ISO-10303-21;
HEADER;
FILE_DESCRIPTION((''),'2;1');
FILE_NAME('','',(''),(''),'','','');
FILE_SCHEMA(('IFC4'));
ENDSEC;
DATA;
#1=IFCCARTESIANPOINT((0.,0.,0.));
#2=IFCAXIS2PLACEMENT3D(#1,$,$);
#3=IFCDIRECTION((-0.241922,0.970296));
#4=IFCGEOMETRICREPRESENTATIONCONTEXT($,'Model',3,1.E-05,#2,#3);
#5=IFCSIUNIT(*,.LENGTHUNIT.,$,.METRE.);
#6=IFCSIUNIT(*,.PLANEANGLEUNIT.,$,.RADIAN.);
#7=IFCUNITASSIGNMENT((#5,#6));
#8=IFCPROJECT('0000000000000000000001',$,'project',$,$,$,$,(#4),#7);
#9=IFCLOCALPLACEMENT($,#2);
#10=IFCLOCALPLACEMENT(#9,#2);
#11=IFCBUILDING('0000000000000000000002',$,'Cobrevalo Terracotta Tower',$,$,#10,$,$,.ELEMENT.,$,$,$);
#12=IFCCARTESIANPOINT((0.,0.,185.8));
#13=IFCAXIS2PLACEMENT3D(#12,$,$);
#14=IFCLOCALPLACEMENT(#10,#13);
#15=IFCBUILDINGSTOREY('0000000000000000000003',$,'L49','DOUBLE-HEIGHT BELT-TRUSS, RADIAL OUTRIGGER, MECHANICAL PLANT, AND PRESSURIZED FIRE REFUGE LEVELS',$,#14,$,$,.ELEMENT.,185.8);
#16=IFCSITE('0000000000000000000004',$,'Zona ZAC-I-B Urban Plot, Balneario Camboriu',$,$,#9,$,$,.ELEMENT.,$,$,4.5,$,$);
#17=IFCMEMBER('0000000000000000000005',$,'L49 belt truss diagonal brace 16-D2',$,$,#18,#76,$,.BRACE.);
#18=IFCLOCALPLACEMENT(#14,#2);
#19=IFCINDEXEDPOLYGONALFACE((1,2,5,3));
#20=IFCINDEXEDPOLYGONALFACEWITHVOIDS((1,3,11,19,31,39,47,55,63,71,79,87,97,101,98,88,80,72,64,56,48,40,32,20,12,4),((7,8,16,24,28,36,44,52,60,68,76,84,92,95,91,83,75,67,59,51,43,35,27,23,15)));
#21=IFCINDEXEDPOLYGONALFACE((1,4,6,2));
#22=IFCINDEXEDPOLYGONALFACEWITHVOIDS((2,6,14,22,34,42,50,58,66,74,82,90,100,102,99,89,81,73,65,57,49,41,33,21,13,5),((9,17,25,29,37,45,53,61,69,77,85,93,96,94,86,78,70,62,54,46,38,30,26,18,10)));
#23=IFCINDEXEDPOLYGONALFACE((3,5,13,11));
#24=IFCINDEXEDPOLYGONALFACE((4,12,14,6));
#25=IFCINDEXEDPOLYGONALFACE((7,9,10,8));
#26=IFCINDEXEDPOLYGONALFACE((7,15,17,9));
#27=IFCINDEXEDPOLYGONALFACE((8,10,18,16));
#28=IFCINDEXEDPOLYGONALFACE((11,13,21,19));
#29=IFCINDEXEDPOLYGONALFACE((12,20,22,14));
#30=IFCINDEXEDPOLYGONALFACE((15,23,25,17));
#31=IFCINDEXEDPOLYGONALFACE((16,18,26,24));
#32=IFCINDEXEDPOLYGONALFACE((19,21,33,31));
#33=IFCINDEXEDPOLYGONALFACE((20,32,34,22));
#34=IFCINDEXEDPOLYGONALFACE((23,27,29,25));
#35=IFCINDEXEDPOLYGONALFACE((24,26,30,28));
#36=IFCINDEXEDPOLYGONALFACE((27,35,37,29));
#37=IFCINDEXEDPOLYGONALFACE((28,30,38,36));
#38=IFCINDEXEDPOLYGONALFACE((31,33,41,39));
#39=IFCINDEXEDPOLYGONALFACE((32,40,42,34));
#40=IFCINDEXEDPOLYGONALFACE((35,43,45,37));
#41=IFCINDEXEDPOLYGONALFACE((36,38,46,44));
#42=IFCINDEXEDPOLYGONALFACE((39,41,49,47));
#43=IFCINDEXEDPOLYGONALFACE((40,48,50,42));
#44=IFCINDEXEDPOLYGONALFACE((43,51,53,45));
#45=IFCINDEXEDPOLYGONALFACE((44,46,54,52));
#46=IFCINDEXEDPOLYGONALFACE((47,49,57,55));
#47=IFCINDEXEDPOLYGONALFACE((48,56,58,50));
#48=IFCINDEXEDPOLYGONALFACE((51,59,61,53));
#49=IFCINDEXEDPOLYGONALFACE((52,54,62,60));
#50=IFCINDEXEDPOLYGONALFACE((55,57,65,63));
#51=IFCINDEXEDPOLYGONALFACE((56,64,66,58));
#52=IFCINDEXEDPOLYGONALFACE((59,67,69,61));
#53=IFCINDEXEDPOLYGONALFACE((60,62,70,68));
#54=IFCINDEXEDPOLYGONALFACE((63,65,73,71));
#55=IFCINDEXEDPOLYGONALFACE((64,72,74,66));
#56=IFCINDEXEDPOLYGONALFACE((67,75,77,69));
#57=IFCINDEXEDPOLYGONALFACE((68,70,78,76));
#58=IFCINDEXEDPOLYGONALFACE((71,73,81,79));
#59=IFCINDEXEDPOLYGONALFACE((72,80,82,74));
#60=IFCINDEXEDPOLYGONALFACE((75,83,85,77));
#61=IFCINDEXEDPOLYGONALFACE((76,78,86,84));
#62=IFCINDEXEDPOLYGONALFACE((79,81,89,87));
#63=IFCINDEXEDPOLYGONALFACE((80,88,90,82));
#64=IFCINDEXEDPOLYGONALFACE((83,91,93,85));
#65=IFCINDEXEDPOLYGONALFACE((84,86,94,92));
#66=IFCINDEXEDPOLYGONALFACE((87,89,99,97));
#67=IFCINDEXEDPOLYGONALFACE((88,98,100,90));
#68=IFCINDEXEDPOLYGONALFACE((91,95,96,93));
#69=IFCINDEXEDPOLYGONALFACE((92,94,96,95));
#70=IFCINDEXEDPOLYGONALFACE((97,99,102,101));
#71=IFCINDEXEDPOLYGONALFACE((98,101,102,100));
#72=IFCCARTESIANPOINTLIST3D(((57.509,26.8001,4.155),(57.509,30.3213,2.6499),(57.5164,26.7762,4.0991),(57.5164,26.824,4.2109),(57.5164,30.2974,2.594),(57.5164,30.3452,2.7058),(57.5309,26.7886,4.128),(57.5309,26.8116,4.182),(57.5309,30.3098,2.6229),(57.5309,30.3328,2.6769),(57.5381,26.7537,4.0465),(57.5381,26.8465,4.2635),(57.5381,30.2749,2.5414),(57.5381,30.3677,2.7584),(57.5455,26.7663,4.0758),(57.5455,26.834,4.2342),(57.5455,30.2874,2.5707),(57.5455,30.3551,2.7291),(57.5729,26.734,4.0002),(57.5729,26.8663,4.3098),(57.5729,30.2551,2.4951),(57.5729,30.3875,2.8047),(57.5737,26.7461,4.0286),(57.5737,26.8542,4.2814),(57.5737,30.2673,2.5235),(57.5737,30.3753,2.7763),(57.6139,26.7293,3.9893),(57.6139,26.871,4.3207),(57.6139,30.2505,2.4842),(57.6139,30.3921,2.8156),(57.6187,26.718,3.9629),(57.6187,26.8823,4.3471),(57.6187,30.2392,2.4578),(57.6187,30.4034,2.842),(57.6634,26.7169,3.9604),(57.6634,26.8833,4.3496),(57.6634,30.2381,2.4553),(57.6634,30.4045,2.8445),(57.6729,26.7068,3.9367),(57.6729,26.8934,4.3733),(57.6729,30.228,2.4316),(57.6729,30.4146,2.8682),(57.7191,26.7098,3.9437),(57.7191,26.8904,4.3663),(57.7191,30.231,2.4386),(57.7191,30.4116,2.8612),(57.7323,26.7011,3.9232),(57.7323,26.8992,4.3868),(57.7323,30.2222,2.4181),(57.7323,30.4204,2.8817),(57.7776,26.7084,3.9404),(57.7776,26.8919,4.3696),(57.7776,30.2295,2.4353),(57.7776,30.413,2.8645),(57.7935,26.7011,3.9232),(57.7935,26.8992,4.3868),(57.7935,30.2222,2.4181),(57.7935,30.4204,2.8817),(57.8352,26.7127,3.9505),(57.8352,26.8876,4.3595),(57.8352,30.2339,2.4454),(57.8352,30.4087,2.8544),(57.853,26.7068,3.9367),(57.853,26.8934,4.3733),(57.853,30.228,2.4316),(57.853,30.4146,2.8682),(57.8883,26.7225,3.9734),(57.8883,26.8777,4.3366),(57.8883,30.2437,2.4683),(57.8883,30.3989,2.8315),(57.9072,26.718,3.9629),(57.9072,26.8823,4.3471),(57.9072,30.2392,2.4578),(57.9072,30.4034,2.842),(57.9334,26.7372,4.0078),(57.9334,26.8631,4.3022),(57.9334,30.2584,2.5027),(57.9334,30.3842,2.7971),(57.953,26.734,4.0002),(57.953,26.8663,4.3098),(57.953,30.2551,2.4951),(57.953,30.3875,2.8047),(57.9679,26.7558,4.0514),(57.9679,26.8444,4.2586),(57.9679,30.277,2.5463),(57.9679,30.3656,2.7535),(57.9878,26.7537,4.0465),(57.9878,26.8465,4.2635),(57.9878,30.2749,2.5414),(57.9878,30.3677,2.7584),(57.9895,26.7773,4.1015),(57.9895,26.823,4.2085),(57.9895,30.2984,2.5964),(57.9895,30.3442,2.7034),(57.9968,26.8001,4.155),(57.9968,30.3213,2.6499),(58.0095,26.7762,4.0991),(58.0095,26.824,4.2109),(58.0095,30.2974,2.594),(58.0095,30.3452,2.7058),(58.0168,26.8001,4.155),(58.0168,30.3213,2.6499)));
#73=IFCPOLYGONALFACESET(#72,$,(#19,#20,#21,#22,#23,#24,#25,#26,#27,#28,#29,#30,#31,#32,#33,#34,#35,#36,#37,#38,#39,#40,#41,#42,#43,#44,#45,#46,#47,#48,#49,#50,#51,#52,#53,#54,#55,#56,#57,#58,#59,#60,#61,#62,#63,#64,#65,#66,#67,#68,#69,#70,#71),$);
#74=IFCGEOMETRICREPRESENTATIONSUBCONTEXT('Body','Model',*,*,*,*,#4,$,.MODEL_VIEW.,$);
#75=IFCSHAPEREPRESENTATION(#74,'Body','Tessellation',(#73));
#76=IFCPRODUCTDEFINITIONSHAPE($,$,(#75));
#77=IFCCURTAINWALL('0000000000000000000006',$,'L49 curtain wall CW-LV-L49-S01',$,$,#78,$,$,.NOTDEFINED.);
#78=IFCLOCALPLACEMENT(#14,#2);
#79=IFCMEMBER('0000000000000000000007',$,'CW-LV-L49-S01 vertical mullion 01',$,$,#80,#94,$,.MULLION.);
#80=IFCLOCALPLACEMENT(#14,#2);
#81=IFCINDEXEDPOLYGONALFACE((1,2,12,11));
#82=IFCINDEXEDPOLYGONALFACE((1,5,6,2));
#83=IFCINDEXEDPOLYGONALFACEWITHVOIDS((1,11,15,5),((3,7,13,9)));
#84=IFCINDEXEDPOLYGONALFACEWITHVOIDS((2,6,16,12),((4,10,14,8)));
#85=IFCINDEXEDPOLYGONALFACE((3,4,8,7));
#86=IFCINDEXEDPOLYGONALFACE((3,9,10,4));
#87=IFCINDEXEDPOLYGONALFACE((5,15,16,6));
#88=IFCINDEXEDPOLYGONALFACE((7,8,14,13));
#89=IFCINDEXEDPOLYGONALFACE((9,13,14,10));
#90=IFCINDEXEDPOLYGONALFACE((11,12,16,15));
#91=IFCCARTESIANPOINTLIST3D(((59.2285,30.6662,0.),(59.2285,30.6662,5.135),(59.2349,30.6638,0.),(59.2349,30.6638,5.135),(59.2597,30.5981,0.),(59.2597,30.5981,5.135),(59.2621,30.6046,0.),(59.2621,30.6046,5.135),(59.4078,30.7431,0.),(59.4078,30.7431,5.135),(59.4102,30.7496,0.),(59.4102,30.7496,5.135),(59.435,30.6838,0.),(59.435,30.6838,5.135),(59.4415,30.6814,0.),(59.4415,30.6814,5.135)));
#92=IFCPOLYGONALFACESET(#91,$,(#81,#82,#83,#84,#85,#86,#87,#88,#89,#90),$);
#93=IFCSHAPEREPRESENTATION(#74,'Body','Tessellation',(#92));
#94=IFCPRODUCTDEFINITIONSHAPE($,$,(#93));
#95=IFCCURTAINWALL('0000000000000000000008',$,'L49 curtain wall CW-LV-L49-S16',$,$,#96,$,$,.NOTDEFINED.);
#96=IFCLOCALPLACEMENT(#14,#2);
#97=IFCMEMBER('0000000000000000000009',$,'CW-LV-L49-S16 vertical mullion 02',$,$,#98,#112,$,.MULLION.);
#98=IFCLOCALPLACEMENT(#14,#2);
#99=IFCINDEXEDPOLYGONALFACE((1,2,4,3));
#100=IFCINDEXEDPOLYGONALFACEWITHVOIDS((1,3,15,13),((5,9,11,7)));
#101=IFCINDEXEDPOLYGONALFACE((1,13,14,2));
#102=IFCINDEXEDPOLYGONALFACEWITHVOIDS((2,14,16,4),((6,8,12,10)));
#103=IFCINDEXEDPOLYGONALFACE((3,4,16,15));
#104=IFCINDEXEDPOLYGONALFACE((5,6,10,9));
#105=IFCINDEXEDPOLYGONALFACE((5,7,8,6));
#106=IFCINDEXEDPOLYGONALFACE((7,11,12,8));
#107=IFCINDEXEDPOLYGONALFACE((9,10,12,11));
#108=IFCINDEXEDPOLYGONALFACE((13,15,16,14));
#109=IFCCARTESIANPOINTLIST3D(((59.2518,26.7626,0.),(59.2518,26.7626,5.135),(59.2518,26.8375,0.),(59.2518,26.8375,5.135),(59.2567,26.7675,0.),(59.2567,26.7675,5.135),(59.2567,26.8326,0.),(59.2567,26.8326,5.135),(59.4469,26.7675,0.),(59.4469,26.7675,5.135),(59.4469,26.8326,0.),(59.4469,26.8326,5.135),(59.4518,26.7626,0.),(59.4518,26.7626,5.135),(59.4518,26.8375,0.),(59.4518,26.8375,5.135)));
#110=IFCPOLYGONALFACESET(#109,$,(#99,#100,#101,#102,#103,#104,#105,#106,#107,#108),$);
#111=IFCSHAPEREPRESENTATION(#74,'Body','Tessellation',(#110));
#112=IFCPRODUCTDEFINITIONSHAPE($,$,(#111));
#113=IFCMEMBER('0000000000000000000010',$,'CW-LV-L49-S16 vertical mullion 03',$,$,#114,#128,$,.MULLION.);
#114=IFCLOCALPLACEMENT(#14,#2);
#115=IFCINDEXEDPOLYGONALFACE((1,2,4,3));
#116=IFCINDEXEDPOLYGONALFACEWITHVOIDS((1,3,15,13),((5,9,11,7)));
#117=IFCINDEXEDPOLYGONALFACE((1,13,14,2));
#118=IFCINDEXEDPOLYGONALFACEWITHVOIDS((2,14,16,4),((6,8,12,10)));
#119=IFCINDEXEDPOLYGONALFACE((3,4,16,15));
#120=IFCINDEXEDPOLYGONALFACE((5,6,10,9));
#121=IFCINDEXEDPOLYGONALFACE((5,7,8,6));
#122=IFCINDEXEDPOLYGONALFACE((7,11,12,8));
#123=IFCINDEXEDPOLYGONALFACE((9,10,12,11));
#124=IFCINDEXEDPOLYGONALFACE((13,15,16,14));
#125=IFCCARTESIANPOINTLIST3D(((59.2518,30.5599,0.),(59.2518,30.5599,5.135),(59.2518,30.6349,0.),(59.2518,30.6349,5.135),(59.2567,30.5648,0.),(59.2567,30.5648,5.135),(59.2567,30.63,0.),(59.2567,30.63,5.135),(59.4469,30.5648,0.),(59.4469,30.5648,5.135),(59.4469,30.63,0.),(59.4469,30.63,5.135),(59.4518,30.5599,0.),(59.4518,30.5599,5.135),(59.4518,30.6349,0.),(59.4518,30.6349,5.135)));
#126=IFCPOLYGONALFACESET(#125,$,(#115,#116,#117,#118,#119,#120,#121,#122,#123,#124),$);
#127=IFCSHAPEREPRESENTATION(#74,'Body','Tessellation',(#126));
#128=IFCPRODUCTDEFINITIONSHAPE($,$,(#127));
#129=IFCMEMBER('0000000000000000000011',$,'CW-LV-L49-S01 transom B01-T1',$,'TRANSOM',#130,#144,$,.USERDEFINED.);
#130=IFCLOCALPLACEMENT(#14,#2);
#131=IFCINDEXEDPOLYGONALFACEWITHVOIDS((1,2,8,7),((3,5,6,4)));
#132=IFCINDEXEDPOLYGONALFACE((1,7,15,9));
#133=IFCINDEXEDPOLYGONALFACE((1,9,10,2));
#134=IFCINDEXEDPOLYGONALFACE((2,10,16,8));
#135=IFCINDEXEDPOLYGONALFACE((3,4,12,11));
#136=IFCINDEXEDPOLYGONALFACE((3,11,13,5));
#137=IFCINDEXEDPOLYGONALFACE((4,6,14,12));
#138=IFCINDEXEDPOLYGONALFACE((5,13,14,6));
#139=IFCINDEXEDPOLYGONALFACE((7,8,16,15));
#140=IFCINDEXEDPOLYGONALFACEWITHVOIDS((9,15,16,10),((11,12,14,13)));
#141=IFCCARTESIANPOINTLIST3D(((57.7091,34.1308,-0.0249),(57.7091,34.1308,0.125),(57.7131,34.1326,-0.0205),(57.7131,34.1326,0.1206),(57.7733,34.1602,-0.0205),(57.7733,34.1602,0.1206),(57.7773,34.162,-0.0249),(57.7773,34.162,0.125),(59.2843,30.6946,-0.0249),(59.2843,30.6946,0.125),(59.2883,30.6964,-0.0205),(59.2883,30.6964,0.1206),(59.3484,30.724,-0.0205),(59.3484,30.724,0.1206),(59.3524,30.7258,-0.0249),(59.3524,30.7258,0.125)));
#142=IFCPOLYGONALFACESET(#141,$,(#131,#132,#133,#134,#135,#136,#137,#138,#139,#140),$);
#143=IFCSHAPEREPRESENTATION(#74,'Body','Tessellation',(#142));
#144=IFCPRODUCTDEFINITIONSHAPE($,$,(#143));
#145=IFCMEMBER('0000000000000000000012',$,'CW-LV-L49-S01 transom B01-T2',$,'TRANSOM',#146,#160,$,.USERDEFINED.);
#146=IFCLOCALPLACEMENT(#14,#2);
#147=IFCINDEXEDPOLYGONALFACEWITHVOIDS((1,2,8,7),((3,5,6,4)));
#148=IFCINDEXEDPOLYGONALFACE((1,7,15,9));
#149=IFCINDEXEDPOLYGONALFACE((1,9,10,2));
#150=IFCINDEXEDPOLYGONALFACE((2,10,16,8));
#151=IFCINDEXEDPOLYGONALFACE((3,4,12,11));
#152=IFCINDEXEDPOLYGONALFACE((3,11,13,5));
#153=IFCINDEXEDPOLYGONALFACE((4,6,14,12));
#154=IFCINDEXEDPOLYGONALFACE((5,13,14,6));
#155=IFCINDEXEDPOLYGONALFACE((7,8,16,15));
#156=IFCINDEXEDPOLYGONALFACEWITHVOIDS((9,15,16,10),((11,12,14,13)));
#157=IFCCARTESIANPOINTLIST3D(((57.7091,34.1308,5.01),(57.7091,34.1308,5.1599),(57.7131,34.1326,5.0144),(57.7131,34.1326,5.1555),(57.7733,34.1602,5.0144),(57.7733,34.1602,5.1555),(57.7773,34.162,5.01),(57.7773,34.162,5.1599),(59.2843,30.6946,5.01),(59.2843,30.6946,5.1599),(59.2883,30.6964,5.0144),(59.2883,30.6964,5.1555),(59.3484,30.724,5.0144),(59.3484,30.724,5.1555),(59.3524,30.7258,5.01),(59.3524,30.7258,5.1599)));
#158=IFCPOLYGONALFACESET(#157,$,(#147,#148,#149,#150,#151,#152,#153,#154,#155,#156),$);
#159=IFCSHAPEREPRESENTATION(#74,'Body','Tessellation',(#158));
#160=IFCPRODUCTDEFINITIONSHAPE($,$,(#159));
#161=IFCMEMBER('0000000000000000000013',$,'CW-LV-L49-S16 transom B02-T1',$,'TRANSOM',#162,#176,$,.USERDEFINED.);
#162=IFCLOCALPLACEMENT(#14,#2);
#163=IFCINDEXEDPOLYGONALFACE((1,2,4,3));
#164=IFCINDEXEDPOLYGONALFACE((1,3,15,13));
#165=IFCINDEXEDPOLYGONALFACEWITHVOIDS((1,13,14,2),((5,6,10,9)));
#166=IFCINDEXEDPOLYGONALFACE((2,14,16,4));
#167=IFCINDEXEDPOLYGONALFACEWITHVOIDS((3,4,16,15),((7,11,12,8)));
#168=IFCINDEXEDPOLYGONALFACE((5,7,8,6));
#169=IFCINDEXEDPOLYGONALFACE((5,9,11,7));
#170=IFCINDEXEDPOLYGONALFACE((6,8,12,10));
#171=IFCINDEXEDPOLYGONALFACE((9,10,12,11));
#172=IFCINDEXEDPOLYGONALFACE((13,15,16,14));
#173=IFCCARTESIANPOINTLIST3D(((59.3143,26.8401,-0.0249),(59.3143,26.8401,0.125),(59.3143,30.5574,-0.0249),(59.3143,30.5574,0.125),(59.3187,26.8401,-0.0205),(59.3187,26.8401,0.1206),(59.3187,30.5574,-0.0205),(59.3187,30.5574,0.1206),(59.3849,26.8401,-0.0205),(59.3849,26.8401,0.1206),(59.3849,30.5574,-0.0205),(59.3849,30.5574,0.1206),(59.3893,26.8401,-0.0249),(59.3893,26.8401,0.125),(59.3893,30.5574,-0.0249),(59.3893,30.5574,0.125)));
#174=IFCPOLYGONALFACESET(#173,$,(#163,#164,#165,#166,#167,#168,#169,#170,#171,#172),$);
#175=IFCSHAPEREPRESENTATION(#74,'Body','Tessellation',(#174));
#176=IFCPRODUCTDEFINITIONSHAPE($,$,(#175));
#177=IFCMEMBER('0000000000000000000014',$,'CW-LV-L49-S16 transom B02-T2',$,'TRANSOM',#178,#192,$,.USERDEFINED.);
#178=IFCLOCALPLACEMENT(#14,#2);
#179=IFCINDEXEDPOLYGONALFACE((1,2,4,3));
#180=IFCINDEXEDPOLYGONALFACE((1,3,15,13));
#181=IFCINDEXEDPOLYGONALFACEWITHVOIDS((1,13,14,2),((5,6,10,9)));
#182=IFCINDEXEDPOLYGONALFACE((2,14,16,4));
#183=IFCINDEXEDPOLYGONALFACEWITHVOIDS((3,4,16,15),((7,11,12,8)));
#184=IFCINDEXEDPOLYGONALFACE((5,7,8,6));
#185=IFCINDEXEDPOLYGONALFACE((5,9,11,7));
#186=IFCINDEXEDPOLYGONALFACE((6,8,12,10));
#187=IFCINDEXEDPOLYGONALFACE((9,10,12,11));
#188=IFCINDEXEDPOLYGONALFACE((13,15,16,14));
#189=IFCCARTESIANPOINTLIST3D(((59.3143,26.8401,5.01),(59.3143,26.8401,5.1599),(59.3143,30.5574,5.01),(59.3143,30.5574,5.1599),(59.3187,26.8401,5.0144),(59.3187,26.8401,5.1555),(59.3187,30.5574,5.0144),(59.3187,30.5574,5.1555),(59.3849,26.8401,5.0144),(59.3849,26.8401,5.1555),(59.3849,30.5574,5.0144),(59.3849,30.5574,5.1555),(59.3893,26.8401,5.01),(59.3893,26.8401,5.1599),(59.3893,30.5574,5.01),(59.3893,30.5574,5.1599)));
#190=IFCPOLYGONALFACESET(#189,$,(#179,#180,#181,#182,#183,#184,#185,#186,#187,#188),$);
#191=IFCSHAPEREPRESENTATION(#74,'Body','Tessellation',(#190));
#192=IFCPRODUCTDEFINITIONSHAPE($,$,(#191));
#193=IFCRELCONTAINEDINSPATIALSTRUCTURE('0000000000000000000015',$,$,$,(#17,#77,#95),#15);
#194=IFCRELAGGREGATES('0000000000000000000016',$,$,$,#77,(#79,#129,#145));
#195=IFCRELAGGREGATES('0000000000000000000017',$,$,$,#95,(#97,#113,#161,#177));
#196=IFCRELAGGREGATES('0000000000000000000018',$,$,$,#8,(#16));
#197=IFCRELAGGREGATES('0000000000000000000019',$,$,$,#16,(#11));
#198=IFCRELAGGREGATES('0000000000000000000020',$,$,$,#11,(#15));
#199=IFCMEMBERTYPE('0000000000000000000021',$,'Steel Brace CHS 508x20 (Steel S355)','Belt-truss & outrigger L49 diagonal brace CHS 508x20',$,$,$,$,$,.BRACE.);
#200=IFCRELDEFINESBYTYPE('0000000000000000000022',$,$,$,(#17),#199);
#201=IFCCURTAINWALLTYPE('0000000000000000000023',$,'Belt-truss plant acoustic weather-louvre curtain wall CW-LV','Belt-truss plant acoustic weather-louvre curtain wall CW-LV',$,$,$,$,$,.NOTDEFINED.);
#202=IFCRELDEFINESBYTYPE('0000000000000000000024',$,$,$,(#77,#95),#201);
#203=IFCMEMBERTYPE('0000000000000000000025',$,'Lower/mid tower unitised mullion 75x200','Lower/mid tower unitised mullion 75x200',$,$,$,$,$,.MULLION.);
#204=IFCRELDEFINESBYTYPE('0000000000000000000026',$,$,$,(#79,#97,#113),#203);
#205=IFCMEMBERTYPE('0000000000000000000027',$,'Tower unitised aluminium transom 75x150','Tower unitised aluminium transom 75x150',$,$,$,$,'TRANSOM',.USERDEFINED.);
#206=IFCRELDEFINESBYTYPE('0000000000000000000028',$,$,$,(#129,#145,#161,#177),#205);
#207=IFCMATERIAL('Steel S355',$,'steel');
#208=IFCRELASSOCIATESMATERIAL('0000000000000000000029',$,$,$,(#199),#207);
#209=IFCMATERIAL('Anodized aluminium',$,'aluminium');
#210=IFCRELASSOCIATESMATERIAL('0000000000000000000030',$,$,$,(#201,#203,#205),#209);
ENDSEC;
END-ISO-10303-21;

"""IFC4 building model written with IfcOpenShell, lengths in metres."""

from ifc_helpers import new_model, si_unit, direction, frame, origin, origin_2d, place, context, subcontext, project, spatial, hollow_rectangle, hollow_circle, extrude, source, transform, mapped, material, material_profile, profile_set, type_object, element, aggregate, save


model = new_model("IFC4")

# Units and contexts
model_context = context("Model", 3, precision=1e-05, world=origin(), true_north=direction((-0.241922, 0.970296)))
body_context = subcontext(model_context, "Body", "Model", "MODEL_VIEW")
ifc_project = project(units=[si_unit("LENGTHUNIT", "METRE"), si_unit("PLANEANGLEUNIT", "RADIAN")], contexts=[model_context])

# Site, building, storey
site_placement = place(None, origin())
site = spatial("IfcSite", under=ifc_project, at=site_placement, Name="Zona ZAC-I-B Urban Plot, Balneario Camboriu", CompositionType="ELEMENT", RefElevation=4.5)
building_placement = place(site_placement, origin())
building = spatial("IfcBuilding", under=site, at=building_placement, Name="Cobrevalo Terracotta Tower", CompositionType="ELEMENT")
storey_placement = place(building_placement, frame((0.0, 0.0, 185.8)))
storey = spatial("IfcBuildingStorey", under=building, at=storey_placement, Name="L49", Description="DOUBLE-HEIGHT BELT-TRUSS, RADIAL OUTRIGGER, MECHANICAL PLANT, AND PRESSURIZED FIRE REFUGE LEVELS", CompositionType="ELEMENT", Elevation=185.8)

# Shared definitions
ifc_material_1 = material(Name="Steel S355", Category="steel")

# Member
ifc_material_profile_1 = material_profile(ifc_material_1, hollow_circle(Radius=0.2539, WallThickness=0.02, at=origin_2d()), Name="CHS 508x20")
ifc_profile_set_1 = profile_set([ifc_material_profile_1], Name="Steel S355")
member_type_1 = type_object("IfcMemberType", Name="Steel Brace CHS 508x20 (Steel S355)", Description="Belt-truss & outrigger L49 diagonal brace CHS 508x20", PredefinedType="BRACE", material=ifc_profile_set_1)
shared_shape_1 = source(origin(), body_context, "Body", "SweptSolid", [
    extrude(hollow_circle(Radius=0.2539, WallThickness=0.02, at=origin_2d()), origin(), (0.0, 0.0, 1.0), 3.8293),
])
member_1_placement = place(storey_placement, frame((57.7629, 30.3213, 2.6499), z_axis=(0.0, -0.919521, 0.393042), x_axis=(1.0, 0.0, 0.0)))
element("IfcMember", 1, at=member_1_placement, inside=storey, type_object=member_type_1, Name="L49 belt truss diagonal brace 16-D2", PredefinedType="BRACE", context=body_context, shape_type="MappedRepresentation", body=[
    mapped(shared_shape_1, transform((0.0, 0.0, 0.0), scale=1.0)),
])

# Curtain wall, member
ifc_material_2 = material(Name="Anodized aluminium", Category="aluminium")
curtain_wall_type = type_object("IfcCurtainWallType", Name="Belt-truss plant acoustic weather-louvre curtain wall CW-LV", Description="Belt-truss plant acoustic weather-louvre curtain wall CW-LV", PredefinedType="NOTDEFINED", material=ifc_material_2)
curtain_wall_1_placement = place(storey_placement, origin())
curtain_wall_1 = element("IfcCurtainWall", 2, at=curtain_wall_1_placement, inside=storey, type_object=curtain_wall_type, Name="L49 curtain wall CW-LV-L49-S01", PredefinedType="NOTDEFINED")
ifc_material_profile_2 = material_profile(ifc_material_2, hollow_rectangle(XDim=0.075, YDim=0.2, WallThickness=0.0049, at=origin_2d()), Name="CWM 75x200")
ifc_profile_set_2 = profile_set([ifc_material_profile_2], Name="Anodized aluminium")
member_type_2 = type_object("IfcMemberType", Name="Lower/mid tower unitised mullion 75x200", Description="Lower/mid tower unitised mullion 75x200", PredefinedType="MULLION", material=ifc_profile_set_2)
shared_shape_2 = source(origin(), body_context, "Body", "SweptSolid", [
    extrude(hollow_rectangle(XDim=0.075, YDim=0.2, WallThickness=0.0049, at=origin_2d()), origin(), (0.0, 0.0, 1.0), 5.135),
])
member_2_placement = place(storey_placement, frame((59.335, 30.6738, 0.0), z_axis=(0.0, 0.0, 1.0), x_axis=(-0.416725, 0.909033, 0.0)))
member_2 = element("IfcMember", 3, at=member_2_placement, type_object=member_type_2, Name="CW-LV-L49-S01 vertical mullion 01", PredefinedType="MULLION", context=body_context, shape_type="MappedRepresentation", body=[
    mapped(shared_shape_2, transform((0.0, 0.0, 0.0), scale=1.0)),
])

# Curtain wall, members
curtain_wall_2_placement = place(storey_placement, origin())
curtain_wall_2 = element("IfcCurtainWall", 4, at=curtain_wall_2_placement, inside=storey, type_object=curtain_wall_type, Name="L49 curtain wall CW-LV-L49-S16", PredefinedType="NOTDEFINED")
member_3_placement = place(storey_placement, frame((59.3518, 26.8, 0.0), z_axis=(0.0, 0.0, 1.0), x_axis=(0.0, 1.0, 0.0)))
member_3 = element("IfcMember", 5, at=member_3_placement, type_object=member_type_2, Name="CW-LV-L49-S16 vertical mullion 02", PredefinedType="MULLION", context=body_context, shape_type="MappedRepresentation", body=[
    mapped(shared_shape_2, transform((0.0, 0.0, 0.0), scale=1.0)),
])
member_4_placement = place(storey_placement, frame((59.3518, 30.5974, 0.0), z_axis=(0.0, 0.0, 1.0), x_axis=(0.0, 1.0, 0.0)))
member_4 = element("IfcMember", 6, at=member_4_placement, type_object=member_type_2, Name="CW-LV-L49-S16 vertical mullion 03", PredefinedType="MULLION", context=body_context, shape_type="MappedRepresentation", body=[
    mapped(shared_shape_2, transform((0.0, 0.0, 0.0), scale=1.0)),
])

# Members
ifc_material_profile_3 = material_profile(ifc_material_2, hollow_rectangle(XDim=0.075, YDim=0.1499, WallThickness=0.0044, at=origin_2d()), Name="CWT 75x150")
ifc_profile_set_3 = profile_set([ifc_material_profile_3], Name="Anodized aluminium")
member_type_3 = type_object("IfcMemberType", Name="Tower unitised aluminium transom 75x150", Description="Tower unitised aluminium transom 75x150", ElementType="TRANSOM", PredefinedType="USERDEFINED", material=ifc_profile_set_3)
shared_shape_3 = source(origin(), body_context, "Body", "SweptSolid", [
    extrude(hollow_rectangle(XDim=0.075, YDim=0.1499, WallThickness=0.0044, at=origin_2d()), origin(), (0.0, 0.0, 1.0), 3.78),
])
member_5_placement = place(storey_placement, frame((59.3184, 30.7102, 0.05), z_axis=(-0.416706, 0.909041, 0.0), x_axis=(-0.909041, -0.416706, 0.0)))
member_5 = element("IfcMember", 7, at=member_5_placement, type_object=member_type_3, Name="CW-LV-L49-S01 transom B01-T1", ObjectType="TRANSOM", PredefinedType="USERDEFINED", context=body_context, shape_type="MappedRepresentation", body=[
    mapped(shared_shape_3, transform((0.0, 0.0, 0.0), scale=1.0)),
])
member_6_placement = place(storey_placement, frame((59.3184, 30.7102, 5.085), z_axis=(-0.416706, 0.909041, 0.0), x_axis=(-0.909041, -0.416706, 0.0)))
member_6 = element("IfcMember", 8, at=member_6_placement, type_object=member_type_3, Name="CW-LV-L49-S01 transom B01-T2", ObjectType="TRANSOM", PredefinedType="USERDEFINED", context=body_context, shape_type="MappedRepresentation", body=[
    mapped(shared_shape_3, transform((0.0, 0.0, 0.0), scale=1.0)),
])
shared_shape_4 = source(origin(), body_context, "Body", "SweptSolid", [
    extrude(hollow_rectangle(XDim=0.075, YDim=0.1499, WallThickness=0.0044, at=origin_2d()), origin(), (0.0, 0.0, 1.0), 3.7173),
])
member_7_placement = place(storey_placement, frame((59.3518, 26.8401, 0.05), z_axis=(0.0, 1.0, 0.0), x_axis=(-1.0, 0.0, 0.0)))
member_7 = element("IfcMember", 9, at=member_7_placement, type_object=member_type_3, Name="CW-LV-L49-S16 transom B02-T1", ObjectType="TRANSOM", PredefinedType="USERDEFINED", context=body_context, shape_type="MappedRepresentation", body=[
    mapped(shared_shape_4, transform((0.0, 0.0, 0.0), scale=1.0)),
])
member_8_placement = place(storey_placement, frame((59.3518, 26.8401, 5.085), z_axis=(0.0, 1.0, 0.0), x_axis=(-1.0, 0.0, 0.0)))
member_8 = element("IfcMember", 10, at=member_8_placement, type_object=member_type_3, Name="CW-LV-L49-S16 transom B02-T2", ObjectType="TRANSOM", PredefinedType="USERDEFINED", context=body_context, shape_type="MappedRepresentation", body=[
    mapped(shared_shape_4, transform((0.0, 0.0, 0.0), scale=1.0)),
])

aggregate(curtain_wall_1, [member_2, member_5, member_6])
aggregate(curtain_wall_2, [member_3, member_4, member_7, member_8])

save(model, "model.ifc")
